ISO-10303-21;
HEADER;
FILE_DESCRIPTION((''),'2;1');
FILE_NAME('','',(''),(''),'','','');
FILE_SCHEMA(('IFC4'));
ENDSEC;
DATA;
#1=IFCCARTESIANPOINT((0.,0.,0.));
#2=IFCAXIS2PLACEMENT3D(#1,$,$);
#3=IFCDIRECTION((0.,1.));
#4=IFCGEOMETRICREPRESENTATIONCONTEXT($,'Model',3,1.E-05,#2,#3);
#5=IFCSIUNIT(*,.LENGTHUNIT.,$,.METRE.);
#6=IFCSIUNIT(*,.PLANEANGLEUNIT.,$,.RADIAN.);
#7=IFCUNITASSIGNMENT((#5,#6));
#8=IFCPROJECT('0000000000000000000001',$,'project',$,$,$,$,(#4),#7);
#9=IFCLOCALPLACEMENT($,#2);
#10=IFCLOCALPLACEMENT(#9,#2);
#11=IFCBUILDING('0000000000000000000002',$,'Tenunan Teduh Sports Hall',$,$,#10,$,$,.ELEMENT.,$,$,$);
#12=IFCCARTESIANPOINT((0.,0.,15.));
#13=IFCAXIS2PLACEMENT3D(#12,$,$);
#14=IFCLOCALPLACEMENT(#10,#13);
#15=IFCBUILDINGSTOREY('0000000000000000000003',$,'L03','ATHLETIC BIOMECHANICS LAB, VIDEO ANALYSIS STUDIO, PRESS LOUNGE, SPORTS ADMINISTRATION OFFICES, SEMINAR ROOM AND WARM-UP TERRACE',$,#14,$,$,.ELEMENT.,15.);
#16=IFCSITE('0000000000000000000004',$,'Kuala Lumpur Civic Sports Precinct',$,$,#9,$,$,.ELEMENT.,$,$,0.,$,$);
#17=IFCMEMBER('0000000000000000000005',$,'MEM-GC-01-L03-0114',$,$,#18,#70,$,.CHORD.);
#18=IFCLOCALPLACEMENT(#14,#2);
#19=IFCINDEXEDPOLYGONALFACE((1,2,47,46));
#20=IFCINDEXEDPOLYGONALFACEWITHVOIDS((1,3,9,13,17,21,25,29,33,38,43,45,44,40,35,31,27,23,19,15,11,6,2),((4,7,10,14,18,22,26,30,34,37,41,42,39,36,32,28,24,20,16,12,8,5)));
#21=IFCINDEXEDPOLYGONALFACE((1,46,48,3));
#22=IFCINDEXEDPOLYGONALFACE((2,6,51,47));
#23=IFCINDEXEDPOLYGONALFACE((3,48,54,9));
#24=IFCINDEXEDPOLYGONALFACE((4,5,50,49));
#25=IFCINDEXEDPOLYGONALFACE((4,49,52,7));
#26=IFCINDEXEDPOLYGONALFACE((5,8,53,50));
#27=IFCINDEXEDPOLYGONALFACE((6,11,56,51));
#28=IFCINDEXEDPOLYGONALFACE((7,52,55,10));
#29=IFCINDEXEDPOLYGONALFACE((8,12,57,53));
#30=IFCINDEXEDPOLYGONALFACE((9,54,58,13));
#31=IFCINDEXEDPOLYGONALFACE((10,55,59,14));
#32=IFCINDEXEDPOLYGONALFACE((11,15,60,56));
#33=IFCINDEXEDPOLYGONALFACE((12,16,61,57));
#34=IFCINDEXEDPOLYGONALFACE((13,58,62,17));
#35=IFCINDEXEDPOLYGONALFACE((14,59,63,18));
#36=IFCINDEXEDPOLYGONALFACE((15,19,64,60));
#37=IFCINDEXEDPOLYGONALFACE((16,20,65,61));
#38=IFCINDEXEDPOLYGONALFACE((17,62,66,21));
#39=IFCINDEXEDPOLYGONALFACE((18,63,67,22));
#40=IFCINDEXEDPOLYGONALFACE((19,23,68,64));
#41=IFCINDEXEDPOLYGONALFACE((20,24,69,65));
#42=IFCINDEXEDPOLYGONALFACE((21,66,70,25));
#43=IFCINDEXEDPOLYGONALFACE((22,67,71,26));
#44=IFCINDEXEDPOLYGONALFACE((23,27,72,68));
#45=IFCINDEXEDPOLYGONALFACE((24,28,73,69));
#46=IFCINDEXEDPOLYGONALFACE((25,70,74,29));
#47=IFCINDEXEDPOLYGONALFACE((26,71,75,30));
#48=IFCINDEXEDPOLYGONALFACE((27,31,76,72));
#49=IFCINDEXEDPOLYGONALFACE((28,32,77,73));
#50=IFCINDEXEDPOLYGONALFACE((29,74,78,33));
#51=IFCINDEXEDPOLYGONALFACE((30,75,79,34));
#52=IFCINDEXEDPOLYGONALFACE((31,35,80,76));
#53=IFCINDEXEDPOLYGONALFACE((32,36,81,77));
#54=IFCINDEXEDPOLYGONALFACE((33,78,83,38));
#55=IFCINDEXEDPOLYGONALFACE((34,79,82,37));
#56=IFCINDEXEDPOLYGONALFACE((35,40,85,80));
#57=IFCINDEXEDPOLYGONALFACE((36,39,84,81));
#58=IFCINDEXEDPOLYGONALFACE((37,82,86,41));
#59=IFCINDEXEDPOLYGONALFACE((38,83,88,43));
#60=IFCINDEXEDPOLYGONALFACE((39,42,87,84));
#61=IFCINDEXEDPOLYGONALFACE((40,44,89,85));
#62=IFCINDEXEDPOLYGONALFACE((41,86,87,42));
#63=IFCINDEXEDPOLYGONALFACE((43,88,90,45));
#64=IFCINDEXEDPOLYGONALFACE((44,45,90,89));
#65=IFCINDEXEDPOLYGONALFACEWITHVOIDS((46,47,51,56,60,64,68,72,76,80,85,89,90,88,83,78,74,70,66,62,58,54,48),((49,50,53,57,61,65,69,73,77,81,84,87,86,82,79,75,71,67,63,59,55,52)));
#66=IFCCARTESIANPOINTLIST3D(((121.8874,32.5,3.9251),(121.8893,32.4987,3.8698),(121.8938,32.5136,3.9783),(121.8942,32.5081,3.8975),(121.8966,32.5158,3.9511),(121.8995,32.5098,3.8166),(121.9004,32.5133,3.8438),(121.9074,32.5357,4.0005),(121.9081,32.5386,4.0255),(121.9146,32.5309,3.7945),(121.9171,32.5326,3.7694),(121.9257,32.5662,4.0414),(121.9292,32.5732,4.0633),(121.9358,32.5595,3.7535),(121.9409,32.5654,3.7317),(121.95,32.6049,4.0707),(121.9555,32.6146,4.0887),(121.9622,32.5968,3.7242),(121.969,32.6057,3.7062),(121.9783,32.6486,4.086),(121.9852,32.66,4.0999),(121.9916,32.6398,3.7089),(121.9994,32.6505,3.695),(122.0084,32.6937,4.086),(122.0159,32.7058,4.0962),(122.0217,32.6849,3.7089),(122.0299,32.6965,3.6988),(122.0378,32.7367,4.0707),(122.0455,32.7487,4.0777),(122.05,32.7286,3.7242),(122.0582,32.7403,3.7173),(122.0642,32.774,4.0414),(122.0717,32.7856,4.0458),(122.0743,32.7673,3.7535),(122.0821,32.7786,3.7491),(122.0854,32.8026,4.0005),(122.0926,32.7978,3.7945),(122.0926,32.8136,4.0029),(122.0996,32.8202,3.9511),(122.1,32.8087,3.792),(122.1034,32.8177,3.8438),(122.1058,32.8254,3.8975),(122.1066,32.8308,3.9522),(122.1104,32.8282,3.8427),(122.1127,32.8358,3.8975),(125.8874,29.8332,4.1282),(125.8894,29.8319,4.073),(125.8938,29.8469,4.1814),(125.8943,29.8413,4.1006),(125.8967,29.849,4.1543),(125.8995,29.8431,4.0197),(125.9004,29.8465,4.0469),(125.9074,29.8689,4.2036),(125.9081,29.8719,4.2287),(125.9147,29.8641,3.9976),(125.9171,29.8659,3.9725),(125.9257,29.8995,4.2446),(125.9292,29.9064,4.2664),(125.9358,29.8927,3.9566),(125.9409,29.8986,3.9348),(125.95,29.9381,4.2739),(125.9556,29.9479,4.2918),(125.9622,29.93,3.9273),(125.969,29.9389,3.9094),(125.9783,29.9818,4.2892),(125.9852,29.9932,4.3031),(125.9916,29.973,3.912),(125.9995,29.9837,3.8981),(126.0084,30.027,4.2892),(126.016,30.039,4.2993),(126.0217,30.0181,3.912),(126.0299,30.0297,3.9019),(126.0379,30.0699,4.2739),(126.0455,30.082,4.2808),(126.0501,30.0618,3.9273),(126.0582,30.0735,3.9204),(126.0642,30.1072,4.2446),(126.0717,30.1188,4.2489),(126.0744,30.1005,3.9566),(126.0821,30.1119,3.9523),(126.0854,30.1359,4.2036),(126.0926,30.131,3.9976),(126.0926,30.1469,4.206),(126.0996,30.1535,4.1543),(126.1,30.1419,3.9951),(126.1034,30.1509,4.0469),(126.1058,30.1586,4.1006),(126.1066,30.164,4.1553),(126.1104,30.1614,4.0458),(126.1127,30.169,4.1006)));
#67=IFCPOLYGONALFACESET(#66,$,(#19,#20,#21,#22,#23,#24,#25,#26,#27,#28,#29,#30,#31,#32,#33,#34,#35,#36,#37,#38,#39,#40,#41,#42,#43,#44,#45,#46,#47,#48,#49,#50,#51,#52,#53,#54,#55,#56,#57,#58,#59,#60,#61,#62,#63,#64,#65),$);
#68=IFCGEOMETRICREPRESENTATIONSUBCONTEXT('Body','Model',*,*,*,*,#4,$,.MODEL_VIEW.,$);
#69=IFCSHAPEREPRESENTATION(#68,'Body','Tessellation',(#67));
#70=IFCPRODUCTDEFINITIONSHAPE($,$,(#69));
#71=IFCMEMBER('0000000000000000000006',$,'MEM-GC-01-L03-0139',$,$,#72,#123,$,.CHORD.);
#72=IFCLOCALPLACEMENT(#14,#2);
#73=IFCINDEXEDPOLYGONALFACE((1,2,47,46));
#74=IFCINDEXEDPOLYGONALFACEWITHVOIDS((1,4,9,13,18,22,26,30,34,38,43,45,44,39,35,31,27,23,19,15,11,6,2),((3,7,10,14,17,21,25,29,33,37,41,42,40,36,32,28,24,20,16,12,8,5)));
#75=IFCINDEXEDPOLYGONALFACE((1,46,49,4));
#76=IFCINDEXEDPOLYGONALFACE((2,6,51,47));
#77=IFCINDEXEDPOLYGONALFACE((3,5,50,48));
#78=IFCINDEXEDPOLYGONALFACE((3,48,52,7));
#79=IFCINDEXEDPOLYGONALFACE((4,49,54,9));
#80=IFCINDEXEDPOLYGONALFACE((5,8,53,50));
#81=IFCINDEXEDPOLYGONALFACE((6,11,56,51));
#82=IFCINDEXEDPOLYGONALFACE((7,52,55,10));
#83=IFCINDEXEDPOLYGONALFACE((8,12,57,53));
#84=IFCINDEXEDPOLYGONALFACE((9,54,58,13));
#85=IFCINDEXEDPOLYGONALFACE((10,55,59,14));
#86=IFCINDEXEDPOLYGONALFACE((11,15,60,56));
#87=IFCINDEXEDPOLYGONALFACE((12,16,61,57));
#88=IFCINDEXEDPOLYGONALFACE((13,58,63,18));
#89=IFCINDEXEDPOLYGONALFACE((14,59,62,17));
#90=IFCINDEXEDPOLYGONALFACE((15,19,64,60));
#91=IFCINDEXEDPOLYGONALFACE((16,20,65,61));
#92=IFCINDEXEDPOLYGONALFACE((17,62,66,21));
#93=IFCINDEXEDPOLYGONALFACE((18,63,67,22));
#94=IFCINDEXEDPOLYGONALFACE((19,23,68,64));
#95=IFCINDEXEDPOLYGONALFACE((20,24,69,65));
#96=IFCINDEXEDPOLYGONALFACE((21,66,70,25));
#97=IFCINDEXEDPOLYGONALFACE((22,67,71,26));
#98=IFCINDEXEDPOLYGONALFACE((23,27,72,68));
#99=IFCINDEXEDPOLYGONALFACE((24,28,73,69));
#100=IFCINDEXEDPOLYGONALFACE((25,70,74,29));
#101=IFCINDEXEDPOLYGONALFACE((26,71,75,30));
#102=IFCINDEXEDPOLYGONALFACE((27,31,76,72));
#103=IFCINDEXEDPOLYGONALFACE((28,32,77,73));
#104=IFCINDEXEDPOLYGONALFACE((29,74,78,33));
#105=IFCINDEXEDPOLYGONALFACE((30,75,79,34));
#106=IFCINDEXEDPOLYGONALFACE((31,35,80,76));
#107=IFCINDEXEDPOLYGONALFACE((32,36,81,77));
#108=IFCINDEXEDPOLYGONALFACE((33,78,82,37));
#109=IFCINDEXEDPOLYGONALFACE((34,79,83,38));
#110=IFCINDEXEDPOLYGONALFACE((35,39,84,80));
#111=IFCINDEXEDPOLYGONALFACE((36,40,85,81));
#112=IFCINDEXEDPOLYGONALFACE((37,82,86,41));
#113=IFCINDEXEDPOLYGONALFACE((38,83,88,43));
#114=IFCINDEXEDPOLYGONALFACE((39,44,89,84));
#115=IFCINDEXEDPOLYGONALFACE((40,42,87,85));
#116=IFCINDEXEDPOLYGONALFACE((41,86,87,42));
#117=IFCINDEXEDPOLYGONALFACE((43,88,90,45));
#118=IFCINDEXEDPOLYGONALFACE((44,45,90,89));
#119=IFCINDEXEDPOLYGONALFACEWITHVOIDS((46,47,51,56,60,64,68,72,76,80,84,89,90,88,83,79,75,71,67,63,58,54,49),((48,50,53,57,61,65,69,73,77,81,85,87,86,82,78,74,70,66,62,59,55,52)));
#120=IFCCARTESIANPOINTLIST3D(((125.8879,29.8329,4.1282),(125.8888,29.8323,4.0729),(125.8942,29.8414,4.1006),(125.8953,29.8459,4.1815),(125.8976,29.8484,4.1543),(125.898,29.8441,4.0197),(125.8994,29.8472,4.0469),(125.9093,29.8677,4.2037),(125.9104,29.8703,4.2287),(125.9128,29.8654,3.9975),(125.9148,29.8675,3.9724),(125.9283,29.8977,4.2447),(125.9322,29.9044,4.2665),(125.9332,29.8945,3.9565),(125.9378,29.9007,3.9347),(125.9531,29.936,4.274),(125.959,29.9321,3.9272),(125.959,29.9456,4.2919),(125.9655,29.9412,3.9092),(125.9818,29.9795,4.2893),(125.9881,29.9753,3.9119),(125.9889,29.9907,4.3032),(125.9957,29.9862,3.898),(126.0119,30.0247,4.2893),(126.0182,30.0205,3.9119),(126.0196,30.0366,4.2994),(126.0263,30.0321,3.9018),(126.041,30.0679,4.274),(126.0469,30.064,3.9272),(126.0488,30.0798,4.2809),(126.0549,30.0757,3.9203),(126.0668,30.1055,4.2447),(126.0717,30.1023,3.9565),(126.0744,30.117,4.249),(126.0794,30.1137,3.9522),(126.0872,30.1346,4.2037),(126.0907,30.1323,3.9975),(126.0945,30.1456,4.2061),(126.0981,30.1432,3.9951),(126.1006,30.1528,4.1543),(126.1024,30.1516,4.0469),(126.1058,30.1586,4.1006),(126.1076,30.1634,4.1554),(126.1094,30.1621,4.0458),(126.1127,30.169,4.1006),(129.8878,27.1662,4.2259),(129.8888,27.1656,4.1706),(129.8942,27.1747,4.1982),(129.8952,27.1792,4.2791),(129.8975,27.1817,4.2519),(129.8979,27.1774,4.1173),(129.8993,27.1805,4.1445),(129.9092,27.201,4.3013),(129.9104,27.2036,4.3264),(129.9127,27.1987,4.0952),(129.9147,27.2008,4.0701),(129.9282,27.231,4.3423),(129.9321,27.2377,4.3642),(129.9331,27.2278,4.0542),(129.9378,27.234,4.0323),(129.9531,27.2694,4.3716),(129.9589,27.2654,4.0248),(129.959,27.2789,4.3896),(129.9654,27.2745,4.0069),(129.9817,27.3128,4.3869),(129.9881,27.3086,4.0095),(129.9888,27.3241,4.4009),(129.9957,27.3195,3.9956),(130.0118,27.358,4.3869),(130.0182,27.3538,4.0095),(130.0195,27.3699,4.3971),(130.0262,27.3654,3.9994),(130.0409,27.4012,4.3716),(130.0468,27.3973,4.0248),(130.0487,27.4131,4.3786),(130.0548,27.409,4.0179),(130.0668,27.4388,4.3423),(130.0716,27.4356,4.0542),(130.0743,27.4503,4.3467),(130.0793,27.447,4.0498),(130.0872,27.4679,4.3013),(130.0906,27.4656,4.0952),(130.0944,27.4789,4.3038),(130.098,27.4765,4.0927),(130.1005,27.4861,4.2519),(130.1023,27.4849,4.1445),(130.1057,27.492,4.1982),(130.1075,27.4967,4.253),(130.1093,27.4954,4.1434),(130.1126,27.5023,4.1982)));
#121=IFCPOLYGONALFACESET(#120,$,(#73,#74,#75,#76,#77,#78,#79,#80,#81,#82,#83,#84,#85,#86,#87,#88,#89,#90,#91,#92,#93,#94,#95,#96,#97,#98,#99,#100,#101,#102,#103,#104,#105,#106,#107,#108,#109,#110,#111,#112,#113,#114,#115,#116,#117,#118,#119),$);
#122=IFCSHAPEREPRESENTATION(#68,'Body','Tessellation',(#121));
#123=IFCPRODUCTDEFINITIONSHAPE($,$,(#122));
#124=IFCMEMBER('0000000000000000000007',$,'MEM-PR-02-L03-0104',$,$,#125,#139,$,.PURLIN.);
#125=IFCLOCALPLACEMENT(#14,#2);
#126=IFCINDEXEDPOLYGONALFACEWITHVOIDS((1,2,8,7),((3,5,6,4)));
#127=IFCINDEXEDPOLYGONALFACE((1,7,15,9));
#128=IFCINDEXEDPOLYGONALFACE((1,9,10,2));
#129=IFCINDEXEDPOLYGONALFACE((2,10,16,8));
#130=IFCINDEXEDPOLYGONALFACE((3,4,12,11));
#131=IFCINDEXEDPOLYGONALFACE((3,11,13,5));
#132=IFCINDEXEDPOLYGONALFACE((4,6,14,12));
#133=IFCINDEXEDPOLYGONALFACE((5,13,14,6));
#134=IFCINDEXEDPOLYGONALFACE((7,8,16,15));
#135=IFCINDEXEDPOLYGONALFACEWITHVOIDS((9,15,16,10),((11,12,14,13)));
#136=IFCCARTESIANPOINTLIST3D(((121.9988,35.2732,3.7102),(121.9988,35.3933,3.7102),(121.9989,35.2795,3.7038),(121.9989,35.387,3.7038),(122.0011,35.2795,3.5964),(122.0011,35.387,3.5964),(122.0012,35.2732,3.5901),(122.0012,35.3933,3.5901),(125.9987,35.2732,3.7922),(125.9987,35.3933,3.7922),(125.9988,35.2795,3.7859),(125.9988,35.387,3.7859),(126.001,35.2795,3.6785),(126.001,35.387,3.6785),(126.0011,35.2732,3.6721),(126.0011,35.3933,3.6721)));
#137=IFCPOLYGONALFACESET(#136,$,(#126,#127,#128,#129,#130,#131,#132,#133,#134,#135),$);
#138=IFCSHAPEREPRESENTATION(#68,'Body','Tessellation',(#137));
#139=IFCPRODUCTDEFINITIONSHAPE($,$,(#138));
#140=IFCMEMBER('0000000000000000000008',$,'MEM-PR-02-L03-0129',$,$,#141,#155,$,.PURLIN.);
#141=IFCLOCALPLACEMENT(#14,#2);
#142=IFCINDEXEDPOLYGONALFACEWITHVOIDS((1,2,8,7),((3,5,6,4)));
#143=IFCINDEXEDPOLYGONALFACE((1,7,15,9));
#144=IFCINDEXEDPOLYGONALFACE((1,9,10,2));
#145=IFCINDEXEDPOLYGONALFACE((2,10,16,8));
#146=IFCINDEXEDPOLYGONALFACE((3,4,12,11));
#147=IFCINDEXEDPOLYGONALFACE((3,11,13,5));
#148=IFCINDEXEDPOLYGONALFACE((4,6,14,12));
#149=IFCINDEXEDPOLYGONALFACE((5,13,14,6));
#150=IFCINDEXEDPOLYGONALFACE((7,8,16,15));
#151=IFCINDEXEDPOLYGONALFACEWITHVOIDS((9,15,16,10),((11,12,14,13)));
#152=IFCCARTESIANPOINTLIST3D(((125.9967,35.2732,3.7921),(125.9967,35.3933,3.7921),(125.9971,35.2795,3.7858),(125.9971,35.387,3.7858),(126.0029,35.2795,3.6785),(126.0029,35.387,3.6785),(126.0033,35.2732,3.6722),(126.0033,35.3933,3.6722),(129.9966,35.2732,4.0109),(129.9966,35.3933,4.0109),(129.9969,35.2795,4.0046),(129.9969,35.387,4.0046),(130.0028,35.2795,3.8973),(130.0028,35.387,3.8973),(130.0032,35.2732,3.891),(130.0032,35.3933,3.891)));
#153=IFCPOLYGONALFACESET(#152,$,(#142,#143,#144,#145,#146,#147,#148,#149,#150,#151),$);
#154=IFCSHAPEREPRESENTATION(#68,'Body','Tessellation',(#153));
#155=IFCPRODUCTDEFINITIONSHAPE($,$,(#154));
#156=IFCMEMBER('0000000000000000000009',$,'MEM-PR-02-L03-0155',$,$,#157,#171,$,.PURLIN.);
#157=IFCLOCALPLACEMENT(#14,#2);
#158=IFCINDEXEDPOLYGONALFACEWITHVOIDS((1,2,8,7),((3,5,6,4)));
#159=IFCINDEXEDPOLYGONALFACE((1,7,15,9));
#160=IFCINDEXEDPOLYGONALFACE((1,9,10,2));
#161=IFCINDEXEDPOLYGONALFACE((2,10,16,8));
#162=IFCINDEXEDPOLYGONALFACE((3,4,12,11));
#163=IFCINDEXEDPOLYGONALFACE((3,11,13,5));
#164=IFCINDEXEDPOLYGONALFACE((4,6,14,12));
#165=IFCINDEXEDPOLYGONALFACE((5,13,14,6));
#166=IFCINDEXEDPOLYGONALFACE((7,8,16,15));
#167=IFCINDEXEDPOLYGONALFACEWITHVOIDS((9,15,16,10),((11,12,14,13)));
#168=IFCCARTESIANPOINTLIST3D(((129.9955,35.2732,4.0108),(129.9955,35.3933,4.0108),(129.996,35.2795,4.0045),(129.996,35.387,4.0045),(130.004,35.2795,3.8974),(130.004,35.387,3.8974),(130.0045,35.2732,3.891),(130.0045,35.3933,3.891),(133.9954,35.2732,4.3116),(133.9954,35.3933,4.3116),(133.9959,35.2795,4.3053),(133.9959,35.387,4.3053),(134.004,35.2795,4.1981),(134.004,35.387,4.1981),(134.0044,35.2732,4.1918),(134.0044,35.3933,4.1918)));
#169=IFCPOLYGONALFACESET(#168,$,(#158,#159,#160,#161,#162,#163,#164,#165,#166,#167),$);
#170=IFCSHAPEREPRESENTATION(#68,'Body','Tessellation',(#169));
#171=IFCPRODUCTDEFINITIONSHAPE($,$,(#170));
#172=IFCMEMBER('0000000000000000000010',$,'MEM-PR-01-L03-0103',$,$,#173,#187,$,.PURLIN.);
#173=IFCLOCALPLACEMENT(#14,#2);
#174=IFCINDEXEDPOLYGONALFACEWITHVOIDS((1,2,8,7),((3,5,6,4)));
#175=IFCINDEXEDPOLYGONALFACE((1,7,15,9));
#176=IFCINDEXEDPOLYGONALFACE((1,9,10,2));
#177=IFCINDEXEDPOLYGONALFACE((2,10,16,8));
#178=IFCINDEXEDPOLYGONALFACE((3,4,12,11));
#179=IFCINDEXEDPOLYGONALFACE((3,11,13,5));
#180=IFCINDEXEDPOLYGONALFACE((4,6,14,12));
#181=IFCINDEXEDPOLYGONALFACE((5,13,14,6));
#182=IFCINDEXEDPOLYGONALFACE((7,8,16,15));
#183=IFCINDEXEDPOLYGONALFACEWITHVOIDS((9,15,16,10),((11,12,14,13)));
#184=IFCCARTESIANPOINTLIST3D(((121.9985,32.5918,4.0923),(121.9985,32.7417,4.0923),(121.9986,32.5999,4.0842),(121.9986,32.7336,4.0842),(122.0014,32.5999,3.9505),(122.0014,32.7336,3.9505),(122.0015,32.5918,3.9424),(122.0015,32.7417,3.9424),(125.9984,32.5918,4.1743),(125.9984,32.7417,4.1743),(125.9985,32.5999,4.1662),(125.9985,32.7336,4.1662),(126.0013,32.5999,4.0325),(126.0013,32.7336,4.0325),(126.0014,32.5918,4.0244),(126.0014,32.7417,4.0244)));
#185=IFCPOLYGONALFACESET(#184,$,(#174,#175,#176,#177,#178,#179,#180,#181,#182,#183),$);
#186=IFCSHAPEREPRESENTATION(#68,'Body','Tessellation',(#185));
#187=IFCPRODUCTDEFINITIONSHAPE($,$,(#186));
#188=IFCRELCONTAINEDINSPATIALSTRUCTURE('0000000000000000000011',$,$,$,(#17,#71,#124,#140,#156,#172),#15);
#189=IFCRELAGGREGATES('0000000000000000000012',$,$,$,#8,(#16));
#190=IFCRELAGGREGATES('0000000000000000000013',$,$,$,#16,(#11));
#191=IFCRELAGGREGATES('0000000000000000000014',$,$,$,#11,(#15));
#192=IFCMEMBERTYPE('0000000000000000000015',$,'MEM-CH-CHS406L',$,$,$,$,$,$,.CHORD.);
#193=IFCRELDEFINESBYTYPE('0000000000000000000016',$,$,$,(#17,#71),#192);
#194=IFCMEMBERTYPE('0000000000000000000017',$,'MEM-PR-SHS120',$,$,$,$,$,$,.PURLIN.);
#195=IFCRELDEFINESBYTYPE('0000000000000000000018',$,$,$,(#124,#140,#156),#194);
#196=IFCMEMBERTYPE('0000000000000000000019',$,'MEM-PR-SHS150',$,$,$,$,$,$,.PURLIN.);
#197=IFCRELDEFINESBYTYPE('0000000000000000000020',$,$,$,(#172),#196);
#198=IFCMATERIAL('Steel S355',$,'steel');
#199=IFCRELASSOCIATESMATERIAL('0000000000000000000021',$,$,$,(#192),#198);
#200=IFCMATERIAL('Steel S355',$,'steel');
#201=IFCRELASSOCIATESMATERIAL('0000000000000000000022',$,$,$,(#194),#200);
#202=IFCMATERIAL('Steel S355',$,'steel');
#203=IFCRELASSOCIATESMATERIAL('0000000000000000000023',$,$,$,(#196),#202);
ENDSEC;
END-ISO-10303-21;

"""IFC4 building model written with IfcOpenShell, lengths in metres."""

from ifc_helpers import new_model, si_unit, direction, frame, origin, origin_2d, place, context, subcontext, project, spatial, hollow_rectangle, hollow_circle, extrude, material, material_profile, profile_set, type_object, element, save


model = new_model("IFC4")

# Units and contexts
model_context = context("Model", 3, precision=1e-05, world=origin(), true_north=direction((0.0, 1.0)))
body_context = subcontext(model_context, "Body", "Model", "MODEL_VIEW")
ifc_project = project(units=[si_unit("LENGTHUNIT", "METRE"), si_unit("PLANEANGLEUNIT", "RADIAN")], contexts=[model_context])

# Site, building, storey
site_placement = place(None, origin())
site = spatial("IfcSite", under=ifc_project, at=site_placement, Name="Kuala Lumpur Civic Sports Precinct", CompositionType="ELEMENT", RefElevation=0.0)
building_placement = place(site_placement, origin())
building = spatial("IfcBuilding", under=site, at=building_placement, Name="Tenunan Teduh Sports Hall", CompositionType="ELEMENT")
storey_placement = place(building_placement, frame((0.0, 0.0, 15.0)))
storey = spatial("IfcBuildingStorey", under=building, at=storey_placement, Name="L03", Description="ATHLETIC BIOMECHANICS LAB, VIDEO ANALYSIS STUDIO, PRESS LOUNGE, SPORTS ADMINISTRATION OFFICES, SEMINAR ROOM AND WARM-UP TERRACE", CompositionType="ELEMENT", Elevation=15.0)

# Members
ifc_material_1 = material(Name="Steel S355", Category="steel")
ifc_material_profile_1 = material_profile(ifc_material_1, hollow_circle(Radius=0.2031, WallThickness=0.0125, at=origin_2d()), Name="CHS 406.4x12.5")
ifc_profile_set_1 = profile_set([ifc_material_profile_1], Name="Steel S355")
member_type_1 = type_object("IfcMemberType", Name="MEM-CH-CHS406L", PredefinedType="CHORD", material=ifc_profile_set_1)
member_1_placement = place(storey_placement, frame((122.0, 32.6667, 3.8975), z_axis=(0.831301, -0.554217, 0.042214), x_axis=(0.554712, 0.832042, 0.0)))
element("IfcMember", 1, at=member_1_placement, inside=storey, type_object=member_type_1, Name="MEM-GC-01-L03-0114", PredefinedType="CHORD", context=body_context, shape_type="SweptSolid", body=[
    extrude(hollow_circle(Radius=0.2031, WallThickness=0.0125, at=origin_2d()), origin(), (0.0, 0.0, 1.0), 4.8118),
])
member_2_placement = place(storey_placement, frame((126.0, 30.0, 4.1006), z_axis=(0.831871, -0.554598, 0.020309), x_axis=(0.554712, 0.832042, 0.0)))
element("IfcMember", 2, at=member_2_placement, inside=storey, type_object=member_type_1, Name="MEM-GC-01-L03-0139", PredefinedType="CHORD", context=body_context, shape_type="SweptSolid", body=[
    extrude(hollow_circle(Radius=0.2031, WallThickness=0.0125, at=origin_2d()), origin(), (0.0, 0.0, 1.0), 4.8083),
])
ifc_material_2 = material(Name="Steel S355", Category="steel")
ifc_material_profile_2 = material_profile(ifc_material_2, hollow_rectangle(XDim=0.1201, YDim=0.1201, WallThickness=0.0063, at=origin_2d()), Name="SHS 120x120x6.3")
ifc_profile_set_2 = profile_set([ifc_material_profile_2], Name="Steel S355")
member_type_2 = type_object("IfcMemberType", Name="MEM-PR-SHS120", PredefinedType="PURLIN", material=ifc_profile_set_2)
member_3_placement = place(storey_placement, frame((122.0, 35.3333, 3.6501), z_axis=(0.99979, 0.0, 0.020504), x_axis=(0.0, 1.0, 0.0)))
element("IfcMember", 3, at=member_3_placement, inside=storey, type_object=member_type_2, Name="MEM-PR-02-L03-0104", PredefinedType="PURLIN", context=body_context, shape_type="SweptSolid", body=[
    extrude(hollow_rectangle(XDim=0.1201, YDim=0.1201, WallThickness=0.0063, at=origin_2d()), origin(), (0.0, 0.0, 1.0), 4.0007),
])
member_4_placement = place(storey_placement, frame((126.0, 35.3333, 3.7322), z_axis=(0.998508, 0.0, 0.054606), x_axis=(0.0, 1.0, 0.0)))
element("IfcMember", 4, at=member_4_placement, inside=storey, type_object=member_type_2, Name="MEM-PR-02-L03-0129", PredefinedType="PURLIN", context=body_context, shape_type="SweptSolid", body=[
    extrude(hollow_rectangle(XDim=0.1201, YDim=0.1201, WallThickness=0.0063, at=origin_2d()), origin(), (0.0, 0.0, 1.0), 4.0059),
])
member_5_placement = place(storey_placement, frame((130.0, 35.3333, 3.9509), z_axis=(0.997185, 0.0, 0.074984), x_axis=(0.0, 1.0, 0.0)))
element("IfcMember", 5, at=member_5_placement, inside=storey, type_object=member_type_2, Name="MEM-PR-02-L03-0155", PredefinedType="PURLIN", context=body_context, shape_type="SweptSolid", body=[
    extrude(hollow_rectangle(XDim=0.1201, YDim=0.1201, WallThickness=0.0063, at=origin_2d()), origin(), (0.0, 0.0, 1.0), 4.0112),
])
ifc_material_3 = material(Name="Steel S355", Category="steel")
ifc_material_profile_3 = material_profile(ifc_material_3, hollow_rectangle(XDim=0.1499, YDim=0.1499, WallThickness=0.0081, at=origin_2d()), Name="SHS 150x150x8.0")
ifc_profile_set_3 = profile_set([ifc_material_profile_3], Name="Steel S355")
member_type_3 = type_object("IfcMemberType", Name="MEM-PR-SHS150", PredefinedType="PURLIN", material=ifc_profile_set_3)
for number, where, z_axis, x_axis, name in (
    (6, (122.0, 32.6667, 4.0173), (0.99979, 0.0, 0.020504), (0.0, 1.0, 0.0), "MEM-PR-01-L03-0103"),
):
    element("IfcMember", number, at=place(storey_placement, frame(where, z_axis=z_axis, x_axis=x_axis)), inside=storey, type_object=member_type_3, Name=name, PredefinedType="PURLIN", context=body_context, shape_type="SweptSolid", body=[
        extrude(hollow_rectangle(XDim=0.1499, YDim=0.1499, WallThickness=0.0081, at=origin_2d()), origin(), (0.0, 0.0, 1.0), 4.0007),
    ])

save(model, "model.ifc")
